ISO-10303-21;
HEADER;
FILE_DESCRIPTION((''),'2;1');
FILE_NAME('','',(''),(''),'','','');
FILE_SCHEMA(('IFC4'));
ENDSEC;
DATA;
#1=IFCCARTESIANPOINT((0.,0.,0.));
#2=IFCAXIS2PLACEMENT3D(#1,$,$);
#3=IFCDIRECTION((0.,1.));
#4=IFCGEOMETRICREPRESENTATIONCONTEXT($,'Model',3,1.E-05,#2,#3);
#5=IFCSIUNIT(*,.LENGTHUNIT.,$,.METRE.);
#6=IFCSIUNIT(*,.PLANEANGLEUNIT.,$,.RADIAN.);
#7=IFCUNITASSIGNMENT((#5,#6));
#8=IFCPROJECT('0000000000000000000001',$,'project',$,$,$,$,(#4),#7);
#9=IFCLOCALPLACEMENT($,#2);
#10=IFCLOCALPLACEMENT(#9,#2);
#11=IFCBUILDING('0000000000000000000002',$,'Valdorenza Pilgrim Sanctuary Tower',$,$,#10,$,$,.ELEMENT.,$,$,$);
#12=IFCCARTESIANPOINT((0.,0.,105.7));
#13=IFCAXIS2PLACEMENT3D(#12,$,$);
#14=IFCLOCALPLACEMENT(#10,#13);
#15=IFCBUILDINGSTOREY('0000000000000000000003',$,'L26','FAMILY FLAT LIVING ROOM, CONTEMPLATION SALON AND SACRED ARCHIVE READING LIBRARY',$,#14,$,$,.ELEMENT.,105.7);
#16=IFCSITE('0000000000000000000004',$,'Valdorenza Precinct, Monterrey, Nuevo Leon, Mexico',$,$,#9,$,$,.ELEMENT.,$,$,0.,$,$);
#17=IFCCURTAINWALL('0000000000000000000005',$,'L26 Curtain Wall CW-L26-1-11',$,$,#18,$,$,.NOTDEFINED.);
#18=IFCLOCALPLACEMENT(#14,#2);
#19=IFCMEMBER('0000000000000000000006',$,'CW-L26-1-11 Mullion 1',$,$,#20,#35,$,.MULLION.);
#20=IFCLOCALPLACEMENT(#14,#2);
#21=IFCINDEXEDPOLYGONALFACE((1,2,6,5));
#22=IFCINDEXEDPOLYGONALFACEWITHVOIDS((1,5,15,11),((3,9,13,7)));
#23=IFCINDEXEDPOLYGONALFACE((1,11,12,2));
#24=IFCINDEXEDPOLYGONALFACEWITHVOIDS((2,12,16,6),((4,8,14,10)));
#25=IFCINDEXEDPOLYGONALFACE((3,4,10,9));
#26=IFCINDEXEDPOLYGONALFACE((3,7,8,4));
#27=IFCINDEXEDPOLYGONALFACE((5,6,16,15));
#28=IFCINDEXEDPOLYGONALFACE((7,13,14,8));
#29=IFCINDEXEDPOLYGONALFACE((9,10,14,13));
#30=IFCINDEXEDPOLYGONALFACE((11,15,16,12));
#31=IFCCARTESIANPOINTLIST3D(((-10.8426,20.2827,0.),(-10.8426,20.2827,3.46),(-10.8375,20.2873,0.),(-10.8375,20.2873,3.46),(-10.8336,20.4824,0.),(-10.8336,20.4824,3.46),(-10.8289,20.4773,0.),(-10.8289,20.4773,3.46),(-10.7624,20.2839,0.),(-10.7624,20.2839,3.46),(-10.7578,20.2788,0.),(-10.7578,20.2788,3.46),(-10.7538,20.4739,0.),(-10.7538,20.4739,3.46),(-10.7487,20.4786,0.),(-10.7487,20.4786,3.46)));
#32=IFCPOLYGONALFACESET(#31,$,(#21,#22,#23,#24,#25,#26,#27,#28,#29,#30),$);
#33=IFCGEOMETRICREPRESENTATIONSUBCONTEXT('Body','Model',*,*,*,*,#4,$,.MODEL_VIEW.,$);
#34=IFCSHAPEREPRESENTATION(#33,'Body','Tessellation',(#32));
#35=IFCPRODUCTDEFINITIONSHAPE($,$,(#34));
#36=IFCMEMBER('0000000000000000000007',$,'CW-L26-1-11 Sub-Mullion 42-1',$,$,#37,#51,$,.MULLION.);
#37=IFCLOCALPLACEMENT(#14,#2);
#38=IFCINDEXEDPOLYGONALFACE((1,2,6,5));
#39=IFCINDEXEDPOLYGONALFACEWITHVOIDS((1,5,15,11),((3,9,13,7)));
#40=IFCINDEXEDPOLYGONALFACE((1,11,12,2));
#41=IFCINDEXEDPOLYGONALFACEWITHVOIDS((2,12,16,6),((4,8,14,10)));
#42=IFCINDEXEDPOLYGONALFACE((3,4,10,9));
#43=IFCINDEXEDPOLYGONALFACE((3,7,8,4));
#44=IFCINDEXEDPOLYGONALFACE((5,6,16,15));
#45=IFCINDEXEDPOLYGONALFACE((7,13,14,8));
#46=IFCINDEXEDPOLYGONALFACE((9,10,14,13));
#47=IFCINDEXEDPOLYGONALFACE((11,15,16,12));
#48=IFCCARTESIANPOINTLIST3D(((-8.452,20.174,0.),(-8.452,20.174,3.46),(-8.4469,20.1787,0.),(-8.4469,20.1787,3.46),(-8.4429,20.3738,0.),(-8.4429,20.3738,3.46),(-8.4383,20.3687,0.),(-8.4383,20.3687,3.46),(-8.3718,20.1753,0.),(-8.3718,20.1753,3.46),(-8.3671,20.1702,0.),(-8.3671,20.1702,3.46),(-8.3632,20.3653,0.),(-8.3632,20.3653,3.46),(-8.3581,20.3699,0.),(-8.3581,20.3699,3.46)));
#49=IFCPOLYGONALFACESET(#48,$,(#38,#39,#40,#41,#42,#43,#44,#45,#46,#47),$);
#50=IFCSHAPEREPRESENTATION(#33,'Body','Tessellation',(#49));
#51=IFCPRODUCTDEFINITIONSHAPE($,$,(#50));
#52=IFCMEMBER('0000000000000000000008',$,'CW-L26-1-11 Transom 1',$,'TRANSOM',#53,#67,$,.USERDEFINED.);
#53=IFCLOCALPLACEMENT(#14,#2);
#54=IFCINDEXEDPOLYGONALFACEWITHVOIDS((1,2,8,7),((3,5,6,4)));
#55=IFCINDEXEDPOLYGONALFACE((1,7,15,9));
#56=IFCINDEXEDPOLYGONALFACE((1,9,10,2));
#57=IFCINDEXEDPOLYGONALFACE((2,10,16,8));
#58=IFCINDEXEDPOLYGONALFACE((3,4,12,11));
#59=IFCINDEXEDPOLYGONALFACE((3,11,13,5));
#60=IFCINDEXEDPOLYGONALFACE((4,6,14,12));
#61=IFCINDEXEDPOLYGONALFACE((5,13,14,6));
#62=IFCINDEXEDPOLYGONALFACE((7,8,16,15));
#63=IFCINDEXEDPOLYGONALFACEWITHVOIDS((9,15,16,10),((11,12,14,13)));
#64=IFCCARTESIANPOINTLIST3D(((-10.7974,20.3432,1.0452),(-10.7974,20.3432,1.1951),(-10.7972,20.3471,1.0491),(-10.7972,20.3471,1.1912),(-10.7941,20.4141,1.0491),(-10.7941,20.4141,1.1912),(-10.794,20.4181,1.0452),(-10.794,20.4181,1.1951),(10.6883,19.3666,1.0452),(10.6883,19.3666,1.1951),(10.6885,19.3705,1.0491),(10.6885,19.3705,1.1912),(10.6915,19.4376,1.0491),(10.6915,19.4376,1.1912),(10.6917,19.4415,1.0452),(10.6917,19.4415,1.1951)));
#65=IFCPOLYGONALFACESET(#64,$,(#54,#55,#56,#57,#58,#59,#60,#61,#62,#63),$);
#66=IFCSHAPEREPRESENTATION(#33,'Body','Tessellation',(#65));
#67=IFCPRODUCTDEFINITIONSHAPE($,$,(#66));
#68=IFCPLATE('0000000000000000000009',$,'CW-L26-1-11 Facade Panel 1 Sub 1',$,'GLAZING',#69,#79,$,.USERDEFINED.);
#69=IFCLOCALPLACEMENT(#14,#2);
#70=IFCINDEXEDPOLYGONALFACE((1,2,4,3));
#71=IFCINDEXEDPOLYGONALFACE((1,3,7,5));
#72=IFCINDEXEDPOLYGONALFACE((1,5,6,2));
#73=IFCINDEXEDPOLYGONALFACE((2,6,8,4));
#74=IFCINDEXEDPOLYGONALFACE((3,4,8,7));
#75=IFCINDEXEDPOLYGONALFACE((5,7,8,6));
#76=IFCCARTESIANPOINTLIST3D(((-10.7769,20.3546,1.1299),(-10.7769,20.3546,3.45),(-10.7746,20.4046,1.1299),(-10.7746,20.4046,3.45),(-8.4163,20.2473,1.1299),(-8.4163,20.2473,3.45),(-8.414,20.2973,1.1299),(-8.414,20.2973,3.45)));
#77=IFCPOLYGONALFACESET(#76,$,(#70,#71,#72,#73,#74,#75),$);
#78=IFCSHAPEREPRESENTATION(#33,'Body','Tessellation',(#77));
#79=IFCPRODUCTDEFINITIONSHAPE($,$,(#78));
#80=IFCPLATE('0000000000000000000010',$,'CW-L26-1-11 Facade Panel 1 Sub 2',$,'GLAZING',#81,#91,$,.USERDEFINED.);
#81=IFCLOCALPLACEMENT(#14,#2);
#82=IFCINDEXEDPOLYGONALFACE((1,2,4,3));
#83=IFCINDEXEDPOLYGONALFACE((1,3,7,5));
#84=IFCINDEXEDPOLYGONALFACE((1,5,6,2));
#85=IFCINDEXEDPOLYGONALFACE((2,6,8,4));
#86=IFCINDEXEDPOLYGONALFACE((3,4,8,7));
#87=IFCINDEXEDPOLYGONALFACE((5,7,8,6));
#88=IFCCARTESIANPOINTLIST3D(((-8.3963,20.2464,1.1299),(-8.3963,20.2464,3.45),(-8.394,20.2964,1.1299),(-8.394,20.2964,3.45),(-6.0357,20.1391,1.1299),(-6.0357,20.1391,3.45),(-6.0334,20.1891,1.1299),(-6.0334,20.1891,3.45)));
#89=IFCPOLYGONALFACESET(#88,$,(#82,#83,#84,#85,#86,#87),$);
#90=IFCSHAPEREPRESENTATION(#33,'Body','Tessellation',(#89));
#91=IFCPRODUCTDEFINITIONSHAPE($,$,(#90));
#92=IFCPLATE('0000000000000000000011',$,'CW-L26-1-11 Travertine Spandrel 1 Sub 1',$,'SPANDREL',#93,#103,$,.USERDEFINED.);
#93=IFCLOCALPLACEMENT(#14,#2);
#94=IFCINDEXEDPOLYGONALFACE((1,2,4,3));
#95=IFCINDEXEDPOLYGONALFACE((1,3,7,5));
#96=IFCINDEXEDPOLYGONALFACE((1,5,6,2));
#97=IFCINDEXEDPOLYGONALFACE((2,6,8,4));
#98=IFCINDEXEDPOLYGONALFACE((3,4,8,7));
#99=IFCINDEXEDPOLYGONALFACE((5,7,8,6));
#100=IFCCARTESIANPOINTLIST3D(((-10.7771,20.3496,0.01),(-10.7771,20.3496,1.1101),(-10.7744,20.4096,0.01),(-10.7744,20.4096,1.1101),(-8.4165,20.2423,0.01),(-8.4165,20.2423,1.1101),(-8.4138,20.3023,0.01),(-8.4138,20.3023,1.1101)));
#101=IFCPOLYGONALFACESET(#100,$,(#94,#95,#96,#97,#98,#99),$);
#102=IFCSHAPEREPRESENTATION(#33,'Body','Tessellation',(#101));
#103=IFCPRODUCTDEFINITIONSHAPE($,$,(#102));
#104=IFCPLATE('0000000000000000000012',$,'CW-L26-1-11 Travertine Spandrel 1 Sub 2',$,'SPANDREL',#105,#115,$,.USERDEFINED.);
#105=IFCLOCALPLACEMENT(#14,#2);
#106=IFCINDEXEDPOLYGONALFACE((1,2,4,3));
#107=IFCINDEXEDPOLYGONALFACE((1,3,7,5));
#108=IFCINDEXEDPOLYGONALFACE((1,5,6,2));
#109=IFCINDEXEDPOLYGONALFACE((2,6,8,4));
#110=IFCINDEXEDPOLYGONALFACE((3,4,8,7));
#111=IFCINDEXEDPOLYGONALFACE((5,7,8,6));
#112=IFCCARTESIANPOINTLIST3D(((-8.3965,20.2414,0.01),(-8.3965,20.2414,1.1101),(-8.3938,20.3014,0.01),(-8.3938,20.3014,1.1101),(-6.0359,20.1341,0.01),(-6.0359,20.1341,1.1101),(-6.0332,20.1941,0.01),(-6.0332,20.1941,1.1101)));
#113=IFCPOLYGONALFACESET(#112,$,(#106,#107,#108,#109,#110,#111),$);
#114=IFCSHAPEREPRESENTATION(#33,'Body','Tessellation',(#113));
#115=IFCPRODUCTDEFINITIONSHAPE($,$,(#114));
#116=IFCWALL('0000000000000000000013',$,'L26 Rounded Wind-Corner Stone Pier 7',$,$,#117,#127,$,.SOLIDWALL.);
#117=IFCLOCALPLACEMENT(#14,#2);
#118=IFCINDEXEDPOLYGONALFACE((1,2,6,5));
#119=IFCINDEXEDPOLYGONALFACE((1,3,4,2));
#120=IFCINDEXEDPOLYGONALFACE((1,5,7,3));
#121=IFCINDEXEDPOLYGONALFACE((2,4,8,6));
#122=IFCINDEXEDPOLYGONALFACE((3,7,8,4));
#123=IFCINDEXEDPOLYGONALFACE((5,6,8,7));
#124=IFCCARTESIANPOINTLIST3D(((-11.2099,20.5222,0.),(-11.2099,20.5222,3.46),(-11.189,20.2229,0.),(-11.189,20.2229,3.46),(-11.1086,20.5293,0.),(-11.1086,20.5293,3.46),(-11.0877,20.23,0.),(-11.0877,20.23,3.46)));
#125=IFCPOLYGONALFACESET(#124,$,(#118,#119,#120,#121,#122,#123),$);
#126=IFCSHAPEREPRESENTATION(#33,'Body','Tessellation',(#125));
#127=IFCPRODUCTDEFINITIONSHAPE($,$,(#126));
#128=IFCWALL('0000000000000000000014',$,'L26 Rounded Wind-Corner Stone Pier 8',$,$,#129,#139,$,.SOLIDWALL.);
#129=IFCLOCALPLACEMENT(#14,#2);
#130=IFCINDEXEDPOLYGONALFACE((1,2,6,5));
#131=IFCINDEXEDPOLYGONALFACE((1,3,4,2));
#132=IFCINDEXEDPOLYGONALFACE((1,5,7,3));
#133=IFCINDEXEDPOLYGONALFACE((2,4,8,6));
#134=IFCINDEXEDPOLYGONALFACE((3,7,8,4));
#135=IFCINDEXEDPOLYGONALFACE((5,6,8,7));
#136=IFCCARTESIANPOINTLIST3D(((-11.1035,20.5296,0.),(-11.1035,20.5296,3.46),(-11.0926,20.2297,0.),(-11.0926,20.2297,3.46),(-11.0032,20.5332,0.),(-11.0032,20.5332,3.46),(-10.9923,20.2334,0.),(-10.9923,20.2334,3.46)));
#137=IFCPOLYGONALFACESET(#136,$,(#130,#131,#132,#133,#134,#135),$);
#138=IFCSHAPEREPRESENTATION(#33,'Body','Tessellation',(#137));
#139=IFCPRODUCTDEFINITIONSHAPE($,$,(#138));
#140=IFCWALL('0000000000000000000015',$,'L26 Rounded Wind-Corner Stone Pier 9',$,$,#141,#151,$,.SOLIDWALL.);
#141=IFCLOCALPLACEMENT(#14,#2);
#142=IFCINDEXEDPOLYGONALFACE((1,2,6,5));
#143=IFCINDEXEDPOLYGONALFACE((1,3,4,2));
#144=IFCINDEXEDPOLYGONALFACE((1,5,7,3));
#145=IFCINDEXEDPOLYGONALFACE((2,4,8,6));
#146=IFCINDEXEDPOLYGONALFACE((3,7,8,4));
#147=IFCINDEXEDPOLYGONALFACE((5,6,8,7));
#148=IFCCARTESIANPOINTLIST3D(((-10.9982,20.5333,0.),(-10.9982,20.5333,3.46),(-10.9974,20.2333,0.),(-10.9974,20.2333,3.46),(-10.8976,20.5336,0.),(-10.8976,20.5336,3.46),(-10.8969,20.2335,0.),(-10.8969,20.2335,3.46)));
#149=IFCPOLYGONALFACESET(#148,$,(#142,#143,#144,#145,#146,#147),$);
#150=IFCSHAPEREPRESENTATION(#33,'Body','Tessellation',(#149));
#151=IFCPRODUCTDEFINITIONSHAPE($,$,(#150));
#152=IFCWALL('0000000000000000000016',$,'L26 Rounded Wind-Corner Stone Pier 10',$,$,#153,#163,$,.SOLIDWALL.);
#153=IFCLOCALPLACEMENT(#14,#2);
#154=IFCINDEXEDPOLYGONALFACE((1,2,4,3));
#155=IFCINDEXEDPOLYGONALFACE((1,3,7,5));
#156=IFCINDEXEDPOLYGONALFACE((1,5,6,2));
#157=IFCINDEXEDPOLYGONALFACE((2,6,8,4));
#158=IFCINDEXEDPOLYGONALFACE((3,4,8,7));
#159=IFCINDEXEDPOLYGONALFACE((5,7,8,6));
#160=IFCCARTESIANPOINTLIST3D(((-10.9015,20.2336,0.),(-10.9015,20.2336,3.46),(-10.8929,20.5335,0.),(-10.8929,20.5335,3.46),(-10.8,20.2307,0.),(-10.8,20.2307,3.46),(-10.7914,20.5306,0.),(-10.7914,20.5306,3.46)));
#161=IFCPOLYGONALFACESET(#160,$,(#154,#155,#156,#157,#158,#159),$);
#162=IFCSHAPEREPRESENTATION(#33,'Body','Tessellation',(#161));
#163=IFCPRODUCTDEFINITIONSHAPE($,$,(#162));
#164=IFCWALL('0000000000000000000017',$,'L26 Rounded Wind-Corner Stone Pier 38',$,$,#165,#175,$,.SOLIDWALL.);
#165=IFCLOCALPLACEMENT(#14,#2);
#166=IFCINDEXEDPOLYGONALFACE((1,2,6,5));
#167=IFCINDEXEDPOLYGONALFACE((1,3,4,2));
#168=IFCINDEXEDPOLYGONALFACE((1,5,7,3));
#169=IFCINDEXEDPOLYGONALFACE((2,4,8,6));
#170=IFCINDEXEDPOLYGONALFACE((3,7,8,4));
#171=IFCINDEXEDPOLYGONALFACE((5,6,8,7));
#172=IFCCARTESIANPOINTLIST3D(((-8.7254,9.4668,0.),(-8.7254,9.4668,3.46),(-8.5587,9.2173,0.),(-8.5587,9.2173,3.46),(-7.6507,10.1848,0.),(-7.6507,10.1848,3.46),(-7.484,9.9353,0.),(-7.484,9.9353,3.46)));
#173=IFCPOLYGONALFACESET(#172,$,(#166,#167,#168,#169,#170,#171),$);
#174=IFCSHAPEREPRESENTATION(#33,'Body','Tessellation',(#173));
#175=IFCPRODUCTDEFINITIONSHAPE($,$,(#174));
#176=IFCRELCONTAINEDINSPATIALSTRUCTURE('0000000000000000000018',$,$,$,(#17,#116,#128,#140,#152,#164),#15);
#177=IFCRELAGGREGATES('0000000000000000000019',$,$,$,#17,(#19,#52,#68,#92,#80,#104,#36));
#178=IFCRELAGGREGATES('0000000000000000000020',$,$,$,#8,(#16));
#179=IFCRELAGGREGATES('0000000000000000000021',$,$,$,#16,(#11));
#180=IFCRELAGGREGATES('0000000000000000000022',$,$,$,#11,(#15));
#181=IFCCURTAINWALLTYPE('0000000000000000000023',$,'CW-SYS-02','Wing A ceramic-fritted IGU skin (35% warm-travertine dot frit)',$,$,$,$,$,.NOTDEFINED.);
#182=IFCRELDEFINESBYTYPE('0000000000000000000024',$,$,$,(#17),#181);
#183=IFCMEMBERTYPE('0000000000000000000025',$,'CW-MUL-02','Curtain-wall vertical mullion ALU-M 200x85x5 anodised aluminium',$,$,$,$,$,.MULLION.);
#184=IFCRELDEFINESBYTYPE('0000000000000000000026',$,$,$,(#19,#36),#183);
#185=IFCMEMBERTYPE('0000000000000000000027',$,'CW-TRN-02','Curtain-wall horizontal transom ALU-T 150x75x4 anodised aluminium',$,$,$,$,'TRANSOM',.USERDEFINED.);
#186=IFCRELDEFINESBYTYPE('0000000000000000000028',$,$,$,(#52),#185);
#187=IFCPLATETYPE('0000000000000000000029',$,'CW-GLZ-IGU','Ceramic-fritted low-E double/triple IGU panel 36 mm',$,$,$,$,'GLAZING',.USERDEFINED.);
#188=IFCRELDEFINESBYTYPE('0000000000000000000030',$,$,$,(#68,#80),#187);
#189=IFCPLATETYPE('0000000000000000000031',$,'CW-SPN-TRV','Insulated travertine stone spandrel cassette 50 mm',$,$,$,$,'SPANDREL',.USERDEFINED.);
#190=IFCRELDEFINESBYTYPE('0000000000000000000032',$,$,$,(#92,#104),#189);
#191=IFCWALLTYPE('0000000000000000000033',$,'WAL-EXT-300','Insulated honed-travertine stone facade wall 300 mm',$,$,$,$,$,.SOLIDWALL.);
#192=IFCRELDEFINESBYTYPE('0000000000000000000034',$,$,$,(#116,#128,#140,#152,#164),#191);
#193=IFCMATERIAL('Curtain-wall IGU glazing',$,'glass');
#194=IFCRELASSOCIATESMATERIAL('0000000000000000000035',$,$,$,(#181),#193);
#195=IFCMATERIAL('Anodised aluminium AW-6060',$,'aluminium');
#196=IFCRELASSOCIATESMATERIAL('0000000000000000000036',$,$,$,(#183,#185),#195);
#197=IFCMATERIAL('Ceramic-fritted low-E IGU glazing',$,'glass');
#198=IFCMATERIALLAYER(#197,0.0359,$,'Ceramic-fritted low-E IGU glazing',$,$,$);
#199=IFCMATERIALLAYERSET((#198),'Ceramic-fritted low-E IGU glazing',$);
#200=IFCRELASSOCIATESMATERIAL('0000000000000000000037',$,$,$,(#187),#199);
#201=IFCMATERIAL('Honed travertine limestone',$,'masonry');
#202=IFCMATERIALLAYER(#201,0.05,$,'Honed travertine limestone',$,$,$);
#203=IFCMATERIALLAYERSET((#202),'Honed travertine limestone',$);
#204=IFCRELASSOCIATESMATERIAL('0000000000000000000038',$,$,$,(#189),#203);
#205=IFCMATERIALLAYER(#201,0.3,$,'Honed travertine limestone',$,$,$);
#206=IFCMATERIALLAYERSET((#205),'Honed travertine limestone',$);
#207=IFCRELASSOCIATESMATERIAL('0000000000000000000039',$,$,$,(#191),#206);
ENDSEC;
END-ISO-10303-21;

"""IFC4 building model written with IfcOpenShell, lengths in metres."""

from ifc_helpers import new_model, si_unit, direction, frame, frame_2d, origin, origin_2d, place, context, subcontext, project, spatial, rectangle, hollow_rectangle, extrude, source, transform, mapped, material, layer, layer_set, material_profile, profile_set, type_object, element, aggregate, save


model = new_model("IFC4")

# Units and contexts
model_context = context("Model", 3, precision=1e-05, world=origin(), true_north=direction((0.0, 1.0)))
body_context = subcontext(model_context, "Body", "Model", "MODEL_VIEW")
ifc_project = project(units=[si_unit("LENGTHUNIT", "METRE"), si_unit("PLANEANGLEUNIT", "RADIAN")], contexts=[model_context])

# Site, building, storey
site_placement = place(None, origin())
site = spatial("IfcSite", under=ifc_project, at=site_placement, Name="Valdorenza Precinct, Monterrey, Nuevo Leon, Mexico", CompositionType="ELEMENT", RefElevation=0.0)
building_placement = place(site_placement, origin())
building = spatial("IfcBuilding", under=site, at=building_placement, Name="Valdorenza Pilgrim Sanctuary Tower", CompositionType="ELEMENT")
storey_placement = place(building_placement, frame((0.0, 0.0, 105.7)))
storey = spatial("IfcBuildingStorey", under=building, at=storey_placement, Name="L26", Description="FAMILY FLAT LIVING ROOM, CONTEMPLATION SALON AND SACRED ARCHIVE READING LIBRARY", CompositionType="ELEMENT", Elevation=105.7)

# Curtain wall, members, plates
ifc_material_1 = material(Name="Curtain-wall IGU glazing", Category="glass")
curtain_wall_type = type_object("IfcCurtainWallType", Name="CW-SYS-02", Description="Wing A ceramic-fritted IGU skin (35% warm-travertine dot frit)", PredefinedType="NOTDEFINED", material=ifc_material_1)
curtain_wall_placement = place(storey_placement, origin())
curtain_wall = element("IfcCurtainWall", 1, at=curtain_wall_placement, inside=storey, type_object=curtain_wall_type, Name="L26 Curtain Wall CW-L26-1-11", PredefinedType="NOTDEFINED")
ifc_material_2 = material(Name="Anodised aluminium AW-6060", Category="aluminium")
ifc_material_profile_1 = material_profile(ifc_material_2, hollow_rectangle(XDim=0.085, YDim=0.2, WallThickness=0.0049, at=origin_2d()), Name="ALU-M 200x85x5")
ifc_profile_set_1 = profile_set([ifc_material_profile_1], Name="Anodised aluminium AW-6060")
member_type_1 = type_object("IfcMemberType", Name="CW-MUL-02", Description="Curtain-wall vertical mullion ALU-M 200x85x5 anodised aluminium", PredefinedType="MULLION", material=ifc_profile_set_1)
shared_shape_1 = source(origin(), body_context, "Body", "SweptSolid", [
    extrude(hollow_rectangle(XDim=0.085, YDim=0.2, WallThickness=0.0049, at=origin_2d()), origin(), (0.0, 0.0, 1.0), 3.46),
])
member_1_placement = place(storey_placement, frame((-10.7957, 20.3806, 0.0), z_axis=(0.0, 0.0, 1.0), x_axis=(0.998968, -0.045415, 0.0)))
member_1 = element("IfcMember", 2, at=member_1_placement, type_object=member_type_1, Name="CW-L26-1-11 Mullion 1", PredefinedType="MULLION", context=body_context, shape_type="MappedRepresentation", body=[
    mapped(shared_shape_1, transform((0.0, 0.0, 0.0), x_axis=(1.0, 0.0, 0.0), y_axis=(0.0, 1.0, 0.0), z_axis=(0.0, 0.0, 1.0), scale=1.0)),
])
member_2_placement = place(storey_placement, frame((-8.405, 20.272, 0.0), z_axis=(0.0, 0.0, 1.0), x_axis=(0.998968, -0.045415, 0.0)))
member_2 = element("IfcMember", 3, at=member_2_placement, type_object=member_type_1, Name="CW-L26-1-11 Sub-Mullion 42-1", PredefinedType="MULLION", context=body_context, shape_type="MappedRepresentation", body=[
    mapped(shared_shape_1, transform((0.0, 0.0, 0.0), x_axis=(1.0, 0.0, 0.0), y_axis=(0.0, 1.0, 0.0), z_axis=(0.0, 0.0, 1.0), scale=1.0)),
])
ifc_material_profile_2 = material_profile(ifc_material_2, hollow_rectangle(XDim=0.075, YDim=0.1499, WallThickness=0.0039, at=origin_2d()), Name="ALU-T 150x75x4")
ifc_profile_set_2 = profile_set([ifc_material_profile_2], Name="Anodised aluminium AW-6060")
member_type_2 = type_object("IfcMemberType", Name="CW-TRN-02", Description="Curtain-wall horizontal transom ALU-T 150x75x4 anodised aluminium", ElementType="TRANSOM", PredefinedType="USERDEFINED", material=ifc_profile_set_2)
shared_shape_2 = source(origin(), body_context, "Body", "SweptSolid", [
    extrude(hollow_rectangle(XDim=0.075, YDim=0.1499, WallThickness=0.0039, at=origin_2d()), origin(), (0.0, 0.0, 1.0), 21.5078),
])
member_3_placement = place(storey_placement, frame((-10.7957, 20.3806, 1.1201), z_axis=(0.998969, -0.045405, 0.0), x_axis=(0.045405, 0.998969, 0.0)))
member_3 = element("IfcMember", 4, at=member_3_placement, type_object=member_type_2, Name="CW-L26-1-11 Transom 1", ObjectType="TRANSOM", PredefinedType="USERDEFINED", context=body_context, shape_type="MappedRepresentation", body=[
    mapped(shared_shape_2, transform((0.0, 0.0, 0.0), x_axis=(1.0, 0.0, 0.0), y_axis=(0.0, 1.0, 0.0), z_axis=(0.0, 0.0, 1.0), scale=1.0)),
])
ifc_material_3 = material(Name="Ceramic-fritted low-E IGU glazing", Category="glass")
ifc_layer_1 = layer(ifc_material_3, 0.0359, Name="Ceramic-fritted low-E IGU glazing")
ifc_layer_set_1 = layer_set([ifc_layer_1], Name="Ceramic-fritted low-E IGU glazing")
plate_type_1 = type_object("IfcPlateType", Name="CW-GLZ-IGU", Description="Ceramic-fritted low-E double/triple IGU panel 36 mm", ElementType="GLAZING", PredefinedType="USERDEFINED", material=ifc_layer_set_1)
shared_shape_3 = source(origin(), body_context, "Body", "SweptSolid", [
    extrude(rectangle(XDim=2.363, YDim=0.05, at=origin_2d()), origin(), (0.0, 0.0, 1.0), 2.3201),
])
plate_1_placement = place(storey_placement, frame((-9.5955, 20.3259, 1.1299), z_axis=(0.0, 0.0, 1.0), x_axis=(0.998968, -0.045415, 0.0)))
plate_1 = element("IfcPlate", 5, at=plate_1_placement, type_object=plate_type_1, Name="CW-L26-1-11 Facade Panel 1 Sub 1", ObjectType="GLAZING", PredefinedType="USERDEFINED", context=body_context, shape_type="MappedRepresentation", body=[
    mapped(shared_shape_3, transform((0.0, 0.0, 0.0), x_axis=(1.0, 0.0, 0.0), y_axis=(0.0, 1.0, 0.0), z_axis=(0.0, 0.0, 1.0), scale=1.0)),
])
plate_2_placement = place(storey_placement, frame((-7.2148, 20.2178, 1.1299), z_axis=(0.0, 0.0, 1.0), x_axis=(0.998968, -0.045415, 0.0)))
plate_2 = element("IfcPlate", 6, at=plate_2_placement, type_object=plate_type_1, Name="CW-L26-1-11 Facade Panel 1 Sub 2", ObjectType="GLAZING", PredefinedType="USERDEFINED", context=body_context, shape_type="MappedRepresentation", body=[
    mapped(shared_shape_3, transform((0.0, 0.0, 0.0), x_axis=(1.0, 0.0, 0.0), y_axis=(0.0, 1.0, 0.0), z_axis=(0.0, 0.0, 1.0), scale=1.0)),
])
ifc_material_4 = material(Name="Honed travertine limestone", Category="masonry")
ifc_layer_2 = layer(ifc_material_4, 0.05, Name="Honed travertine limestone")
ifc_layer_set_2 = layer_set([ifc_layer_2], Name="Honed travertine limestone")
plate_type_2 = type_object("IfcPlateType", Name="CW-SPN-TRV", Description="Insulated travertine stone spandrel cassette 50 mm", ElementType="SPANDREL", PredefinedType="USERDEFINED", material=ifc_layer_set_2)
shared_shape_4 = source(origin(), body_context, "Body", "SweptSolid", [
    extrude(rectangle(XDim=2.363, YDim=0.0601, at=origin_2d()), origin(), (0.0, 0.0, 1.0), 1.1001),
])
plate_3_placement = place(storey_placement, frame((-9.5955, 20.3259, 0.01), z_axis=(0.0, 0.0, 1.0), x_axis=(0.998968, -0.045415, 0.0)))
plate_3 = element("IfcPlate", 7, at=plate_3_placement, type_object=plate_type_2, Name="CW-L26-1-11 Travertine Spandrel 1 Sub 1", ObjectType="SPANDREL", PredefinedType="USERDEFINED", context=body_context, shape_type="MappedRepresentation", body=[
    mapped(shared_shape_4, transform((0.0, 0.0, 0.0), x_axis=(1.0, 0.0, 0.0), y_axis=(0.0, 1.0, 0.0), z_axis=(0.0, 0.0, 1.0), scale=1.0)),
])
plate_4_placement = place(storey_placement, frame((-7.2148, 20.2178, 0.01), z_axis=(0.0, 0.0, 1.0), x_axis=(0.998968, -0.045415, 0.0)))
plate_4 = element("IfcPlate", 8, at=plate_4_placement, type_object=plate_type_2, Name="CW-L26-1-11 Travertine Spandrel 1 Sub 2", ObjectType="SPANDREL", PredefinedType="USERDEFINED", context=body_context, shape_type="MappedRepresentation", body=[
    mapped(shared_shape_4, transform((0.0, 0.0, 0.0), x_axis=(1.0, 0.0, 0.0), y_axis=(0.0, 1.0, 0.0), z_axis=(0.0, 0.0, 1.0), scale=1.0)),
])
aggregate(curtain_wall, [member_1, member_3, plate_1, plate_3, plate_2, plate_4, member_2])

# Walls
ifc_layer_3 = layer(ifc_material_4, 0.3, Name="Honed travertine limestone")
ifc_layer_set_3 = layer_set([ifc_layer_3], Name="Honed travertine limestone")
wall_type_1 = type_object("IfcWallType", Name="WAL-EXT-300", Description="Insulated honed-travertine stone facade wall 300 mm", PredefinedType="SOLIDWALL", material=ifc_layer_set_3)
wall_1_placement = place(storey_placement, frame((-11.1995, 20.3726, 0.0), z_axis=(0.0, 0.0, 1.0), x_axis=(0.997567, 0.06971, 0.0)))
element("IfcWall", 9, at=wall_1_placement, inside=storey, type_object=wall_type_1, Name="L26 Rounded Wind-Corner Stone Pier 7", PredefinedType="SOLIDWALL", context=body_context, shape_type="SweptSolid", body=[
    extrude(rectangle(XDim=0.1016, YDim=0.3, at=frame_2d((0.0508, 0.0))), origin(), (0.0, 0.0, 1.0), 3.46),
])
wall_2_placement = place(storey_placement, frame((-11.0981, 20.3796, 0.0), z_axis=(0.0, 0.0, 1.0), x_axis=(0.999335, 0.036472, 0.0)))
element("IfcWall", 10, at=wall_2_placement, inside=storey, type_object=wall_type_1, Name="L26 Rounded Wind-Corner Stone Pier 8", PredefinedType="SOLIDWALL", context=body_context, shape_type="SweptSolid", body=[
    extrude(rectangle(XDim=0.1003, YDim=0.3, at=frame_2d((0.0503, 0.0))), origin(), (0.0, 0.0, 1.0), 3.46),
])
wall_3_placement = place(storey_placement, frame((-10.9978, 20.3833, 0.0), z_axis=(0.0, 0.0, 1.0), x_axis=(0.999997, 0.002427, 0.0)))
element("IfcWall", 11, at=wall_3_placement, inside=storey, type_object=wall_type_1, Name="L26 Rounded Wind-Corner Stone Pier 9", PredefinedType="SOLIDWALL", context=body_context, shape_type="SweptSolid", body=[
    extrude(rectangle(XDim=0.1006, YDim=0.3, at=frame_2d((0.0503, 0.0))), origin(), (0.0, 0.0, 1.0), 3.46),
])
wall_4_placement = place(storey_placement, frame((-10.8972, 20.3835, 0.0), z_axis=(0.0, 0.0, 1.0), x_axis=(0.999584, -0.028834, 0.0)))
element("IfcWall", 12, at=wall_4_placement, inside=storey, type_object=wall_type_1, Name="L26 Rounded Wind-Corner Stone Pier 10", PredefinedType="SOLIDWALL", context=body_context, shape_type="SweptSolid", body=[
    extrude(rectangle(XDim=0.1016, YDim=0.3, at=frame_2d((0.0508, 0.0))), origin(), (0.0, 0.0, 1.0), 3.46),
])
wall_5_placement = place(storey_placement, frame((-7.5674, 10.0601, 0.0), z_axis=(0.0, 0.0, 1.0), x_axis=(-0.831498, -0.555528, 0.0)))
element("IfcWall", 13, at=wall_5_placement, inside=storey, type_object=wall_type_1, Name="L26 Rounded Wind-Corner Stone Pier 38", PredefinedType="SOLIDWALL", context=body_context, shape_type="SweptSolid", body=[
    extrude(rectangle(XDim=1.2925, YDim=0.3, at=frame_2d((0.6462, 0.0))), origin(), (0.0, 0.0, 1.0), 3.46),
])

save(model, "model.ifc")
